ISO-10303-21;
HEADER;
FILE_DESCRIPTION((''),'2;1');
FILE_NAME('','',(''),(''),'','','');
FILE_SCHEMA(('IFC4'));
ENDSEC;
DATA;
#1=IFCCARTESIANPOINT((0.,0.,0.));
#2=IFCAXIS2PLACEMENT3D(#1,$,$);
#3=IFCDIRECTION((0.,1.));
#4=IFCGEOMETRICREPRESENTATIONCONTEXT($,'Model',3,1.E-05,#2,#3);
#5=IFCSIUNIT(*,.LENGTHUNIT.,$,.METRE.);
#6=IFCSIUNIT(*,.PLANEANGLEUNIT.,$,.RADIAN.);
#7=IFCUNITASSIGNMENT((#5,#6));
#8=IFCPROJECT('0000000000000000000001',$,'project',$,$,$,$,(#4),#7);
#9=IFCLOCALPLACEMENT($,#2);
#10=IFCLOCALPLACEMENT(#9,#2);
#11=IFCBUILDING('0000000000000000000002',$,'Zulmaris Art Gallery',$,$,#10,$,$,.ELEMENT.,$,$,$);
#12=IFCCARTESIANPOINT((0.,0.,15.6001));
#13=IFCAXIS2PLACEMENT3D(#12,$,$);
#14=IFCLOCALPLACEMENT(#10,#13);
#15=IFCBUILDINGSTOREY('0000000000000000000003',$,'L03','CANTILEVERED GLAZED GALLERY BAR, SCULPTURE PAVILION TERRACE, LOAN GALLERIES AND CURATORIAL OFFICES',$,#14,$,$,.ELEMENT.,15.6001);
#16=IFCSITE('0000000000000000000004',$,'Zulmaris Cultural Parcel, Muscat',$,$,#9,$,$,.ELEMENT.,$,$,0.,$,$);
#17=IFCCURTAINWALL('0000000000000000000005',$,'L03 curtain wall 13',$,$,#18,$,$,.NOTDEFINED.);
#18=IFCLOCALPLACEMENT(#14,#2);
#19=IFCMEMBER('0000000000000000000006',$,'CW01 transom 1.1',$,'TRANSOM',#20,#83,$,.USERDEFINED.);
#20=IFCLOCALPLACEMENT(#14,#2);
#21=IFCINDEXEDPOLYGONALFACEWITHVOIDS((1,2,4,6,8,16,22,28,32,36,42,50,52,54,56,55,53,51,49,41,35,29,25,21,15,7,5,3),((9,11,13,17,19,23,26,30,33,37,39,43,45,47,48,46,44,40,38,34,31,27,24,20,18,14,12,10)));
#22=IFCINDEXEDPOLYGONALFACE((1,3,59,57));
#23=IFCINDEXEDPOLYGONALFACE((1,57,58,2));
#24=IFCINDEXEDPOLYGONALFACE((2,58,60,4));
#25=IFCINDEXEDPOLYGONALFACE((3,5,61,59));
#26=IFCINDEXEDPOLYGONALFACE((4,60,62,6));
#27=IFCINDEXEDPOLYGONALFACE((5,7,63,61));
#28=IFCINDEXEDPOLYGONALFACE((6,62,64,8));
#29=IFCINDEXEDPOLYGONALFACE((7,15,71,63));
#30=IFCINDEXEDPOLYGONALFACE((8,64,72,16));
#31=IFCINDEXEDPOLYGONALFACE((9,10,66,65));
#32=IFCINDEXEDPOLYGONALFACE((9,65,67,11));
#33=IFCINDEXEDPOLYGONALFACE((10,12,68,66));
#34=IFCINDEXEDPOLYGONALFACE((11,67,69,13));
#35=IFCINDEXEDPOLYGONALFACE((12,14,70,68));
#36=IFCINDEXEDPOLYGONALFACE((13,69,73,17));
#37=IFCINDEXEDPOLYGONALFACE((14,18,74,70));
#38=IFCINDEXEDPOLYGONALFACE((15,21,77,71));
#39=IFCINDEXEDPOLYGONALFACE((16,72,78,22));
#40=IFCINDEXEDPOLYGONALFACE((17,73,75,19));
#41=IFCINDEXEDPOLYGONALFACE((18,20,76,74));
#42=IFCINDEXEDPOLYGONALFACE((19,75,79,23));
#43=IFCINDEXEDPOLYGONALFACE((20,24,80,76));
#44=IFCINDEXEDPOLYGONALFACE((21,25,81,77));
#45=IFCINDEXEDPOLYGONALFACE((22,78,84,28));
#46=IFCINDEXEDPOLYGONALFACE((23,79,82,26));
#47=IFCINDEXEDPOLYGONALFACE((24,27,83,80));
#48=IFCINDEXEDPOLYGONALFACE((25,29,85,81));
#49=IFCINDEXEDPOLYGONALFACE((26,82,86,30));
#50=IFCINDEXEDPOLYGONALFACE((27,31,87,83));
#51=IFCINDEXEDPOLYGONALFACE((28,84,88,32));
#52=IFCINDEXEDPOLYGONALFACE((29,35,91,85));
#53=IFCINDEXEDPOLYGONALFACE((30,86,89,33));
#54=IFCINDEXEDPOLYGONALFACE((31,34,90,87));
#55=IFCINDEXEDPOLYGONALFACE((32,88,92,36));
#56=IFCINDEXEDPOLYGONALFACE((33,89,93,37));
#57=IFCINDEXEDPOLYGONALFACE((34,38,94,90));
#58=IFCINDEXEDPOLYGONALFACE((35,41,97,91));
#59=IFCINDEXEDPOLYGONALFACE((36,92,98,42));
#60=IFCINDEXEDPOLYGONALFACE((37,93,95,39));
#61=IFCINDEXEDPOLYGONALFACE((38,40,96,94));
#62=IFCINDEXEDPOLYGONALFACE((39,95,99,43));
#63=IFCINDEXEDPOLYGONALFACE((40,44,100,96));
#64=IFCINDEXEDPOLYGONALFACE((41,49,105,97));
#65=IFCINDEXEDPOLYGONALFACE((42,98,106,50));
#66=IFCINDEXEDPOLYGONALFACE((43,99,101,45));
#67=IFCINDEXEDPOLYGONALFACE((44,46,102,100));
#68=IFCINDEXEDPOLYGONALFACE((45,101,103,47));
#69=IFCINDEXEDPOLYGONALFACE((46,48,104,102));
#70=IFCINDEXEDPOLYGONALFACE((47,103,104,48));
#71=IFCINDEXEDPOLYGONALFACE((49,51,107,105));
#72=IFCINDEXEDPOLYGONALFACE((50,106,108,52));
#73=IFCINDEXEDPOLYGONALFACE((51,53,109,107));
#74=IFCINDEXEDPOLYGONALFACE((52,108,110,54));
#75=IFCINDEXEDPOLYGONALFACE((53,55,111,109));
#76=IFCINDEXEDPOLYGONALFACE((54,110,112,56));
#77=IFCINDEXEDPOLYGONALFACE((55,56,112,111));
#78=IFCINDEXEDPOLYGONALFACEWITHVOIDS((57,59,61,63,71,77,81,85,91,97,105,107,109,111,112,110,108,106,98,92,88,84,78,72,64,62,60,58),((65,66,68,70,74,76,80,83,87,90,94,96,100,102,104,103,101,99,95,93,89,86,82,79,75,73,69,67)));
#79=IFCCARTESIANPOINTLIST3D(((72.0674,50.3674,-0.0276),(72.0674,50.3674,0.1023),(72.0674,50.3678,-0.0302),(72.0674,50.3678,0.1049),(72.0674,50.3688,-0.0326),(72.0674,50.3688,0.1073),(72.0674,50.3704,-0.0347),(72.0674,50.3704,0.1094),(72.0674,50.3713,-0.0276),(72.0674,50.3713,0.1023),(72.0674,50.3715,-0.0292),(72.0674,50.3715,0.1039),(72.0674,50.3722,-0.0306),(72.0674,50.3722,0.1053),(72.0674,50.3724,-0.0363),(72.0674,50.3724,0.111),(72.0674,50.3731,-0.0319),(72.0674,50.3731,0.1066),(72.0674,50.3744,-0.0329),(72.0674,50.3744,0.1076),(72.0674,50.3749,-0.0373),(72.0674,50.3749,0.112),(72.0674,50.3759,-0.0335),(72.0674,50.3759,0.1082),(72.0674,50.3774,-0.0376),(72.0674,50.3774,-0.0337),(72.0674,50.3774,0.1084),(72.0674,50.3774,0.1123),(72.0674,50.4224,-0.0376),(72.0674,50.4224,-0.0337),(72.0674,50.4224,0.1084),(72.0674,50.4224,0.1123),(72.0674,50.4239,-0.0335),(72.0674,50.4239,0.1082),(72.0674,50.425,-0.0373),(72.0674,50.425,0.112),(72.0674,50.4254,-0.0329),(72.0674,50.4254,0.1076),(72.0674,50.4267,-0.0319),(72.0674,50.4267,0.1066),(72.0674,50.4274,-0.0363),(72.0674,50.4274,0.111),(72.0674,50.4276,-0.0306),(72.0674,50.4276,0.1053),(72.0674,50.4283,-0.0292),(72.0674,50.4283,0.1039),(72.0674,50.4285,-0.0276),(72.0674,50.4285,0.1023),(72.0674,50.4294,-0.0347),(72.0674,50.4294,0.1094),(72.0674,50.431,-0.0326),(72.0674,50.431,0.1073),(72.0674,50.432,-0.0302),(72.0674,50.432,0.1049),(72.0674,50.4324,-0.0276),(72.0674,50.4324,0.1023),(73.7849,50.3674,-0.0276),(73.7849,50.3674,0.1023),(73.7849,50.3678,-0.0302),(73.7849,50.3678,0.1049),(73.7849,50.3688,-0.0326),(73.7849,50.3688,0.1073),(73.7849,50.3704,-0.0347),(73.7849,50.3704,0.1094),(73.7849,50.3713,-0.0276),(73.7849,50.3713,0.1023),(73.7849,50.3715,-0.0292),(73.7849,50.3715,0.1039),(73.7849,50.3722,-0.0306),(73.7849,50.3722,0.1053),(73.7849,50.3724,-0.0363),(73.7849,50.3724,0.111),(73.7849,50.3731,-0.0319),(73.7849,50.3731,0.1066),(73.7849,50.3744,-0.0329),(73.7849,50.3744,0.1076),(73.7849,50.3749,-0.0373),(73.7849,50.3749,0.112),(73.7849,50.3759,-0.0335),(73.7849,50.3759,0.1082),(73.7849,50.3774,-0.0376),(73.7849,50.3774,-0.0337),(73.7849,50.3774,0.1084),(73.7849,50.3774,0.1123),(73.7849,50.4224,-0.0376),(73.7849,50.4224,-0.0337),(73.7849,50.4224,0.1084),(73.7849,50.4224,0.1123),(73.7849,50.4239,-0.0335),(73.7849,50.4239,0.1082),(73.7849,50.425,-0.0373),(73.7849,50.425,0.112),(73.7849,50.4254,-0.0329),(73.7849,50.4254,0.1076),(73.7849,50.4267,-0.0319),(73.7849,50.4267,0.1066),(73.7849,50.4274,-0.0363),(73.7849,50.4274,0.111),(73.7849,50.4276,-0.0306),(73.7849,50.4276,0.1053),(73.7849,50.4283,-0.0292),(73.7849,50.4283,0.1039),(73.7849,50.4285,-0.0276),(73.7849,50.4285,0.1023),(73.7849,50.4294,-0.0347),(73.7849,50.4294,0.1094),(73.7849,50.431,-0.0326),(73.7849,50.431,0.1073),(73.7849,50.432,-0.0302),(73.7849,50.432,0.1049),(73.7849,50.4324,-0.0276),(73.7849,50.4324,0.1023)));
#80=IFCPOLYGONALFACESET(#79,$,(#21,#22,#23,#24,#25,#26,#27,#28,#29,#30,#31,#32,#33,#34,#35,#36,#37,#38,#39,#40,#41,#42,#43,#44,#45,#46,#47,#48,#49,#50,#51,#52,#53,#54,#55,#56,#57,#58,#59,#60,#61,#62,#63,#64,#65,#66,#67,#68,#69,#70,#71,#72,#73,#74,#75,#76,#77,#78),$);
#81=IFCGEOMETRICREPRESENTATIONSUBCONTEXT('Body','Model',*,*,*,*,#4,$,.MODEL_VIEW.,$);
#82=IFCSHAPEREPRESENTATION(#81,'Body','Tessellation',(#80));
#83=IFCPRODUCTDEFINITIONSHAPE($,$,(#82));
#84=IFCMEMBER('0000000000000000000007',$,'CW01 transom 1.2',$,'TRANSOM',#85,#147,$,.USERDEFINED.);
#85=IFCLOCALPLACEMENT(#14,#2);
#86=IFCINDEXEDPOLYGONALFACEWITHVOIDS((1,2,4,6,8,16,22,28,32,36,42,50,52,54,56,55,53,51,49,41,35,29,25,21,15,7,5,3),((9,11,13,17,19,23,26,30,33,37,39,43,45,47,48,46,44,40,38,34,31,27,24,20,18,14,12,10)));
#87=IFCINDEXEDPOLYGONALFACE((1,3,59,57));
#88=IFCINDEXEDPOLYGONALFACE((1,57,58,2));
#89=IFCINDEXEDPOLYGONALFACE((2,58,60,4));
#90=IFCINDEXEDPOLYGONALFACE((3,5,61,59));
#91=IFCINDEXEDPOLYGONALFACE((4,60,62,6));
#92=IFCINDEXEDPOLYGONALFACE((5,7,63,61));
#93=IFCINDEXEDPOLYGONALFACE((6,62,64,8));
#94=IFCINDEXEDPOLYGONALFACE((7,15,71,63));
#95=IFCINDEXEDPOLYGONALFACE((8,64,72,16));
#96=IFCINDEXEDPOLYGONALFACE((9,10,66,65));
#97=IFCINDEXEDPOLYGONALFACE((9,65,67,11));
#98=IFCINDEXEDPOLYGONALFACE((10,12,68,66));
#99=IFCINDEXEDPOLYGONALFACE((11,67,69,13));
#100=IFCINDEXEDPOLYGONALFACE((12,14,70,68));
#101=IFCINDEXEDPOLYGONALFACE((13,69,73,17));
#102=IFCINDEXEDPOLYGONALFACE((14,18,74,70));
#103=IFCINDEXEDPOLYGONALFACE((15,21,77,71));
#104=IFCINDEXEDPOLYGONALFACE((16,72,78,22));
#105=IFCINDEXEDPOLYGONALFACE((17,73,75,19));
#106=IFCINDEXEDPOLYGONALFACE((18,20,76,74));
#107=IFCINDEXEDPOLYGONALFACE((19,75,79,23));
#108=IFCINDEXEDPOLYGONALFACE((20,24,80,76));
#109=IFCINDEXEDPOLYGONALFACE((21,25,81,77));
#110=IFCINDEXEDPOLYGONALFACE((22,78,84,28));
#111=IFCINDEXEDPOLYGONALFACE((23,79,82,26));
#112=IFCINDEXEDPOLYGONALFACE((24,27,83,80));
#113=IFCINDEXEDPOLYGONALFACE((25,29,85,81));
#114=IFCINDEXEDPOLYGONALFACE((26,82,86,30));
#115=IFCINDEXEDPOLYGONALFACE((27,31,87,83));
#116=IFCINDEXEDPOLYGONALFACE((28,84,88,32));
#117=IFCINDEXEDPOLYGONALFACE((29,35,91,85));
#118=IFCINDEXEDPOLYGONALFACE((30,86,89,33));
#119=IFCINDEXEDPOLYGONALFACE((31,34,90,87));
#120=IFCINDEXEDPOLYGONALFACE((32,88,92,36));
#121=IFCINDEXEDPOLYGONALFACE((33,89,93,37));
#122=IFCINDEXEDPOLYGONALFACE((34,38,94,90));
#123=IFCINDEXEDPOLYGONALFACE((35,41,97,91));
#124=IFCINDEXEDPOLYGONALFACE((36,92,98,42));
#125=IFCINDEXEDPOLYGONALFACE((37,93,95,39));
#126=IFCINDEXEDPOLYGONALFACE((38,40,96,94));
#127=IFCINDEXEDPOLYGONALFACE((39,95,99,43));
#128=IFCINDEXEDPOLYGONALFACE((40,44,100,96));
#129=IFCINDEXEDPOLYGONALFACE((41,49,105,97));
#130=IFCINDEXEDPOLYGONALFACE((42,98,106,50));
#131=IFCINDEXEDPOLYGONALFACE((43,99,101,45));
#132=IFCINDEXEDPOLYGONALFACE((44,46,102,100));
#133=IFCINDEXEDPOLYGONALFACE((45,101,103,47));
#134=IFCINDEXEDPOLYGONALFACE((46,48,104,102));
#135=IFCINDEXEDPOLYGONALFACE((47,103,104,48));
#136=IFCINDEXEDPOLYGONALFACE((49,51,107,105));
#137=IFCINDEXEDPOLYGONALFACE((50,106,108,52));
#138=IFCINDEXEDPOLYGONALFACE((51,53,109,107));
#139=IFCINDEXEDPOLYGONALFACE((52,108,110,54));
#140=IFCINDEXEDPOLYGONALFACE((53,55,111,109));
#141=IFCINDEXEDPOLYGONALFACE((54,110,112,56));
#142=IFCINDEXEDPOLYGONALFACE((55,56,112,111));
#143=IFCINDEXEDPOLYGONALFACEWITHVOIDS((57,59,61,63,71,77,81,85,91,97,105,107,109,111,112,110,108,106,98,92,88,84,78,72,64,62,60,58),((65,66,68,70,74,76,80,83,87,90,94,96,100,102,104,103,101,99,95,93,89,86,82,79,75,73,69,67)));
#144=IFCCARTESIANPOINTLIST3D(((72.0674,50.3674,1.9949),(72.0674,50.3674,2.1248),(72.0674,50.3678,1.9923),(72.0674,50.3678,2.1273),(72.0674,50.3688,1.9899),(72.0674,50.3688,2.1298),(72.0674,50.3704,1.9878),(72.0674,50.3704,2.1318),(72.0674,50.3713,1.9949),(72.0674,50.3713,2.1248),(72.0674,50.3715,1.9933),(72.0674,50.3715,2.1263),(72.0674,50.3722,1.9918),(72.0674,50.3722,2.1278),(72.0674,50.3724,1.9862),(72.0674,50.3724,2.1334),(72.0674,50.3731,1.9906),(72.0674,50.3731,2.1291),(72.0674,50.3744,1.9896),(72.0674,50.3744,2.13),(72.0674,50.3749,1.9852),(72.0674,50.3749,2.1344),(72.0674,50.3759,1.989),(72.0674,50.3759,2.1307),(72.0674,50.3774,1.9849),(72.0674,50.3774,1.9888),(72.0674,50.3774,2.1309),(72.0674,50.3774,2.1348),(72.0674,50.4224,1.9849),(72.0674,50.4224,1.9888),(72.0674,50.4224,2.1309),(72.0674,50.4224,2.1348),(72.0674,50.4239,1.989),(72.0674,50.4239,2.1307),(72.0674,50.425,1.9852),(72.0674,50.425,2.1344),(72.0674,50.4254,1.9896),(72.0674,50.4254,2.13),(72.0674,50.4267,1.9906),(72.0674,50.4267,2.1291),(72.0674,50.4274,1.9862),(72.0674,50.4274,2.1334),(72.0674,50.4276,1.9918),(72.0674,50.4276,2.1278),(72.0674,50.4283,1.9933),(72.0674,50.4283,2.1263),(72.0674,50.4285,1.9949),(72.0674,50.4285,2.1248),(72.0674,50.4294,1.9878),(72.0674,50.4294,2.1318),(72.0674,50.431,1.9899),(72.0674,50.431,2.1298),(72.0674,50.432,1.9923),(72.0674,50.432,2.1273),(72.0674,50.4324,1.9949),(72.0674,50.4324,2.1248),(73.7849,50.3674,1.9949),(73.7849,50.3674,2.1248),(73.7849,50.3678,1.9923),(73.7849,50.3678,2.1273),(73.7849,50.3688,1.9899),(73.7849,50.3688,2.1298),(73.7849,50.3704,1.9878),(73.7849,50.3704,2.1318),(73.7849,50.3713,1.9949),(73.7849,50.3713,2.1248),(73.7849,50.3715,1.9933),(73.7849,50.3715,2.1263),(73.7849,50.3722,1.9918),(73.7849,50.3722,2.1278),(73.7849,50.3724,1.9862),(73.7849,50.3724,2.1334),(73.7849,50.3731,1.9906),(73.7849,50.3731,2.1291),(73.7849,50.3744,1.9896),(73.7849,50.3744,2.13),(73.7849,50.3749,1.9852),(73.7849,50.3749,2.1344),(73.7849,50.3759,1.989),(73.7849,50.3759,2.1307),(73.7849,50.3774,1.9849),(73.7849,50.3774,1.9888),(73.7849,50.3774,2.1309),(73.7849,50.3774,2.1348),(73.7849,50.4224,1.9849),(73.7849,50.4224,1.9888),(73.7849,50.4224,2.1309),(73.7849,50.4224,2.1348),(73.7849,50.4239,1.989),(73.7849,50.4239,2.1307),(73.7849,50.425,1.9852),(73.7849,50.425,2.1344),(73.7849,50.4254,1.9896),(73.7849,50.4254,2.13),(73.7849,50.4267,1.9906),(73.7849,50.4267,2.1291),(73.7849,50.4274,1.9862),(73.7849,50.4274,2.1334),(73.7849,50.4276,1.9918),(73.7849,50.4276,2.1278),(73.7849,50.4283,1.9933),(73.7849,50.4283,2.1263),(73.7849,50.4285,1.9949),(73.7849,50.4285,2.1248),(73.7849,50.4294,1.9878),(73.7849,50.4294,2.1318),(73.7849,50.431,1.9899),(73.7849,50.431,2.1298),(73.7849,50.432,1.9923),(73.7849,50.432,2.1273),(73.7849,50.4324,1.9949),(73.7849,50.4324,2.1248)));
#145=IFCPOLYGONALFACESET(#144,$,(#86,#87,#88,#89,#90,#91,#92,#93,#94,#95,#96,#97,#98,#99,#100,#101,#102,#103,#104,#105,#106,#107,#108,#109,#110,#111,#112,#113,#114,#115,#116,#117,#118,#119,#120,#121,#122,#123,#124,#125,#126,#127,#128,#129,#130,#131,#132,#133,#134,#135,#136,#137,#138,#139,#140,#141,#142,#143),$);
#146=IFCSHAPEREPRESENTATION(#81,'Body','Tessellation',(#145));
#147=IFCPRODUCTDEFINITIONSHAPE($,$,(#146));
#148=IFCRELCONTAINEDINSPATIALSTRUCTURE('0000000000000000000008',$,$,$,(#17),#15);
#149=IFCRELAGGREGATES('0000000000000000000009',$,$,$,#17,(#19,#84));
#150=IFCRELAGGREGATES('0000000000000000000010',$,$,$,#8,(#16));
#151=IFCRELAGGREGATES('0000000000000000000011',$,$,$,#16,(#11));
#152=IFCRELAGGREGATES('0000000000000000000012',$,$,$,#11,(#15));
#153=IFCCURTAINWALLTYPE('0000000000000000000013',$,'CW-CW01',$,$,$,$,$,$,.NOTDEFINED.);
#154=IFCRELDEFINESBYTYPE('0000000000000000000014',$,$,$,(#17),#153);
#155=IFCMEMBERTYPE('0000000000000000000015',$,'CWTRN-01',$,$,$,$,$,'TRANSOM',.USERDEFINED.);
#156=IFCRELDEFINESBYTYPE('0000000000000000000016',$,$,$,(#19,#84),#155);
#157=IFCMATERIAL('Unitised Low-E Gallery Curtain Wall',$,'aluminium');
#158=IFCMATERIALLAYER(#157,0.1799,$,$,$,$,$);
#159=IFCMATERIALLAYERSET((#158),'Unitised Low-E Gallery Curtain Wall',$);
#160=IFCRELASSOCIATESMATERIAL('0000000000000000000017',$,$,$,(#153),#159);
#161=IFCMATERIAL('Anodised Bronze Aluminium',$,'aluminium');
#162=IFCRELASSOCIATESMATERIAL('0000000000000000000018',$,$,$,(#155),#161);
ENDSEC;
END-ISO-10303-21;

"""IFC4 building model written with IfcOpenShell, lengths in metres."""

from ifc_helpers import new_model, si_unit, direction, frame, origin, origin_2d, place, context, subcontext, project, spatial, hollow_rectangle, extrude, material, layer, layer_set, material_profile, profile_set, type_object, element, aggregate, save


model = new_model("IFC4")

# Units and contexts
model_context = context("Model", 3, precision=1e-05, world=origin(), true_north=direction((0.0, 1.0)))
body_context = subcontext(model_context, "Body", "Model", "MODEL_VIEW")
ifc_project = project(units=[si_unit("LENGTHUNIT", "METRE"), si_unit("PLANEANGLEUNIT", "RADIAN")], contexts=[model_context])

# Site, building, storey
site_placement = place(None, origin())
site = spatial("IfcSite", under=ifc_project, at=site_placement, Name="Zulmaris Cultural Parcel, Muscat", CompositionType="ELEMENT", RefElevation=0.0)
building_placement = place(site_placement, origin())
building = spatial("IfcBuilding", under=site, at=building_placement, Name="Zulmaris Art Gallery", CompositionType="ELEMENT")
storey_placement = place(building_placement, frame((0.0, 0.0, 15.6001)))
storey = spatial("IfcBuildingStorey", under=building, at=storey_placement, Name="L03", Description="CANTILEVERED GLAZED GALLERY BAR, SCULPTURE PAVILION TERRACE, LOAN GALLERIES AND CURATORIAL OFFICES", CompositionType="ELEMENT", Elevation=15.6001)

# Curtain wall
ifc_material_1 = material(Name="Unitised Low-E Gallery Curtain Wall", Category="aluminium")
ifc_layer_1 = layer(ifc_material_1, 0.1799)
ifc_layer_set_1 = layer_set([ifc_layer_1], Name="Unitised Low-E Gallery Curtain Wall")
curtain_wall_type = type_object("IfcCurtainWallType", Name="CW-CW01", PredefinedType="NOTDEFINED", material=ifc_layer_set_1)
curtain_wall_1_placement = place(storey_placement, origin())
curtain_wall_1 = element("IfcCurtainWall", 1, at=curtain_wall_1_placement, inside=storey, type_object=curtain_wall_type, Name="L03 curtain wall 13", PredefinedType="NOTDEFINED")
ifc_material_2 = material(Name="Anodised Bronze Aluminium", Category="aluminium")

# Members
ifc_material_profile_1 = material_profile(ifc_material_2, hollow_rectangle(XDim=0.0649, YDim=0.1499, WallThickness=0.0039, InnerFilletRadius=0.0061, OuterFilletRadius=0.01, at=origin_2d()), Name="ALU 65x150x4")
ifc_profile_set_1 = profile_set([ifc_material_profile_1], Name="Anodised Bronze Aluminium")
member_type_1 = type_object("IfcMemberType", Name="CWTRN-01", ElementType="TRANSOM", PredefinedType="USERDEFINED", material=ifc_profile_set_1)
member_1_placement = place(storey_placement, frame((73.7849, 50.3999, 0.0374), z_axis=(-1.0, 0.0, 0.0), x_axis=(0.0, -1.0, 0.0)))
member_1 = element("IfcMember", 2, at=member_1_placement, type_object=member_type_1, Name="CW01 transom 1.1", ObjectType="TRANSOM", PredefinedType="USERDEFINED", context=body_context, shape_type="SweptSolid", body=[
    extrude(hollow_rectangle(XDim=0.0649, YDim=0.1499, WallThickness=0.0039, InnerFilletRadius=0.0061, OuterFilletRadius=0.01, at=origin_2d()), origin(), (0.0, 0.0, 1.0), 1.7175),
])
member_2_placement = place(storey_placement, frame((73.7849, 50.3999, 2.0598), z_axis=(-1.0, 0.0, 0.0), x_axis=(0.0, -1.0, 0.0)))
member_2 = element("IfcMember", 3, at=member_2_placement, type_object=member_type_1, Name="CW01 transom 1.2", ObjectType="TRANSOM", PredefinedType="USERDEFINED", context=body_context, shape_type="SweptSolid", body=[
    extrude(hollow_rectangle(XDim=0.0649, YDim=0.1499, WallThickness=0.0039, InnerFilletRadius=0.0061, OuterFilletRadius=0.01, at=origin_2d()), origin(), (0.0, 0.0, 1.0), 1.7175),
])
aggregate(curtain_wall_1, [member_1, member_2])

save(model, "model.ifc")
